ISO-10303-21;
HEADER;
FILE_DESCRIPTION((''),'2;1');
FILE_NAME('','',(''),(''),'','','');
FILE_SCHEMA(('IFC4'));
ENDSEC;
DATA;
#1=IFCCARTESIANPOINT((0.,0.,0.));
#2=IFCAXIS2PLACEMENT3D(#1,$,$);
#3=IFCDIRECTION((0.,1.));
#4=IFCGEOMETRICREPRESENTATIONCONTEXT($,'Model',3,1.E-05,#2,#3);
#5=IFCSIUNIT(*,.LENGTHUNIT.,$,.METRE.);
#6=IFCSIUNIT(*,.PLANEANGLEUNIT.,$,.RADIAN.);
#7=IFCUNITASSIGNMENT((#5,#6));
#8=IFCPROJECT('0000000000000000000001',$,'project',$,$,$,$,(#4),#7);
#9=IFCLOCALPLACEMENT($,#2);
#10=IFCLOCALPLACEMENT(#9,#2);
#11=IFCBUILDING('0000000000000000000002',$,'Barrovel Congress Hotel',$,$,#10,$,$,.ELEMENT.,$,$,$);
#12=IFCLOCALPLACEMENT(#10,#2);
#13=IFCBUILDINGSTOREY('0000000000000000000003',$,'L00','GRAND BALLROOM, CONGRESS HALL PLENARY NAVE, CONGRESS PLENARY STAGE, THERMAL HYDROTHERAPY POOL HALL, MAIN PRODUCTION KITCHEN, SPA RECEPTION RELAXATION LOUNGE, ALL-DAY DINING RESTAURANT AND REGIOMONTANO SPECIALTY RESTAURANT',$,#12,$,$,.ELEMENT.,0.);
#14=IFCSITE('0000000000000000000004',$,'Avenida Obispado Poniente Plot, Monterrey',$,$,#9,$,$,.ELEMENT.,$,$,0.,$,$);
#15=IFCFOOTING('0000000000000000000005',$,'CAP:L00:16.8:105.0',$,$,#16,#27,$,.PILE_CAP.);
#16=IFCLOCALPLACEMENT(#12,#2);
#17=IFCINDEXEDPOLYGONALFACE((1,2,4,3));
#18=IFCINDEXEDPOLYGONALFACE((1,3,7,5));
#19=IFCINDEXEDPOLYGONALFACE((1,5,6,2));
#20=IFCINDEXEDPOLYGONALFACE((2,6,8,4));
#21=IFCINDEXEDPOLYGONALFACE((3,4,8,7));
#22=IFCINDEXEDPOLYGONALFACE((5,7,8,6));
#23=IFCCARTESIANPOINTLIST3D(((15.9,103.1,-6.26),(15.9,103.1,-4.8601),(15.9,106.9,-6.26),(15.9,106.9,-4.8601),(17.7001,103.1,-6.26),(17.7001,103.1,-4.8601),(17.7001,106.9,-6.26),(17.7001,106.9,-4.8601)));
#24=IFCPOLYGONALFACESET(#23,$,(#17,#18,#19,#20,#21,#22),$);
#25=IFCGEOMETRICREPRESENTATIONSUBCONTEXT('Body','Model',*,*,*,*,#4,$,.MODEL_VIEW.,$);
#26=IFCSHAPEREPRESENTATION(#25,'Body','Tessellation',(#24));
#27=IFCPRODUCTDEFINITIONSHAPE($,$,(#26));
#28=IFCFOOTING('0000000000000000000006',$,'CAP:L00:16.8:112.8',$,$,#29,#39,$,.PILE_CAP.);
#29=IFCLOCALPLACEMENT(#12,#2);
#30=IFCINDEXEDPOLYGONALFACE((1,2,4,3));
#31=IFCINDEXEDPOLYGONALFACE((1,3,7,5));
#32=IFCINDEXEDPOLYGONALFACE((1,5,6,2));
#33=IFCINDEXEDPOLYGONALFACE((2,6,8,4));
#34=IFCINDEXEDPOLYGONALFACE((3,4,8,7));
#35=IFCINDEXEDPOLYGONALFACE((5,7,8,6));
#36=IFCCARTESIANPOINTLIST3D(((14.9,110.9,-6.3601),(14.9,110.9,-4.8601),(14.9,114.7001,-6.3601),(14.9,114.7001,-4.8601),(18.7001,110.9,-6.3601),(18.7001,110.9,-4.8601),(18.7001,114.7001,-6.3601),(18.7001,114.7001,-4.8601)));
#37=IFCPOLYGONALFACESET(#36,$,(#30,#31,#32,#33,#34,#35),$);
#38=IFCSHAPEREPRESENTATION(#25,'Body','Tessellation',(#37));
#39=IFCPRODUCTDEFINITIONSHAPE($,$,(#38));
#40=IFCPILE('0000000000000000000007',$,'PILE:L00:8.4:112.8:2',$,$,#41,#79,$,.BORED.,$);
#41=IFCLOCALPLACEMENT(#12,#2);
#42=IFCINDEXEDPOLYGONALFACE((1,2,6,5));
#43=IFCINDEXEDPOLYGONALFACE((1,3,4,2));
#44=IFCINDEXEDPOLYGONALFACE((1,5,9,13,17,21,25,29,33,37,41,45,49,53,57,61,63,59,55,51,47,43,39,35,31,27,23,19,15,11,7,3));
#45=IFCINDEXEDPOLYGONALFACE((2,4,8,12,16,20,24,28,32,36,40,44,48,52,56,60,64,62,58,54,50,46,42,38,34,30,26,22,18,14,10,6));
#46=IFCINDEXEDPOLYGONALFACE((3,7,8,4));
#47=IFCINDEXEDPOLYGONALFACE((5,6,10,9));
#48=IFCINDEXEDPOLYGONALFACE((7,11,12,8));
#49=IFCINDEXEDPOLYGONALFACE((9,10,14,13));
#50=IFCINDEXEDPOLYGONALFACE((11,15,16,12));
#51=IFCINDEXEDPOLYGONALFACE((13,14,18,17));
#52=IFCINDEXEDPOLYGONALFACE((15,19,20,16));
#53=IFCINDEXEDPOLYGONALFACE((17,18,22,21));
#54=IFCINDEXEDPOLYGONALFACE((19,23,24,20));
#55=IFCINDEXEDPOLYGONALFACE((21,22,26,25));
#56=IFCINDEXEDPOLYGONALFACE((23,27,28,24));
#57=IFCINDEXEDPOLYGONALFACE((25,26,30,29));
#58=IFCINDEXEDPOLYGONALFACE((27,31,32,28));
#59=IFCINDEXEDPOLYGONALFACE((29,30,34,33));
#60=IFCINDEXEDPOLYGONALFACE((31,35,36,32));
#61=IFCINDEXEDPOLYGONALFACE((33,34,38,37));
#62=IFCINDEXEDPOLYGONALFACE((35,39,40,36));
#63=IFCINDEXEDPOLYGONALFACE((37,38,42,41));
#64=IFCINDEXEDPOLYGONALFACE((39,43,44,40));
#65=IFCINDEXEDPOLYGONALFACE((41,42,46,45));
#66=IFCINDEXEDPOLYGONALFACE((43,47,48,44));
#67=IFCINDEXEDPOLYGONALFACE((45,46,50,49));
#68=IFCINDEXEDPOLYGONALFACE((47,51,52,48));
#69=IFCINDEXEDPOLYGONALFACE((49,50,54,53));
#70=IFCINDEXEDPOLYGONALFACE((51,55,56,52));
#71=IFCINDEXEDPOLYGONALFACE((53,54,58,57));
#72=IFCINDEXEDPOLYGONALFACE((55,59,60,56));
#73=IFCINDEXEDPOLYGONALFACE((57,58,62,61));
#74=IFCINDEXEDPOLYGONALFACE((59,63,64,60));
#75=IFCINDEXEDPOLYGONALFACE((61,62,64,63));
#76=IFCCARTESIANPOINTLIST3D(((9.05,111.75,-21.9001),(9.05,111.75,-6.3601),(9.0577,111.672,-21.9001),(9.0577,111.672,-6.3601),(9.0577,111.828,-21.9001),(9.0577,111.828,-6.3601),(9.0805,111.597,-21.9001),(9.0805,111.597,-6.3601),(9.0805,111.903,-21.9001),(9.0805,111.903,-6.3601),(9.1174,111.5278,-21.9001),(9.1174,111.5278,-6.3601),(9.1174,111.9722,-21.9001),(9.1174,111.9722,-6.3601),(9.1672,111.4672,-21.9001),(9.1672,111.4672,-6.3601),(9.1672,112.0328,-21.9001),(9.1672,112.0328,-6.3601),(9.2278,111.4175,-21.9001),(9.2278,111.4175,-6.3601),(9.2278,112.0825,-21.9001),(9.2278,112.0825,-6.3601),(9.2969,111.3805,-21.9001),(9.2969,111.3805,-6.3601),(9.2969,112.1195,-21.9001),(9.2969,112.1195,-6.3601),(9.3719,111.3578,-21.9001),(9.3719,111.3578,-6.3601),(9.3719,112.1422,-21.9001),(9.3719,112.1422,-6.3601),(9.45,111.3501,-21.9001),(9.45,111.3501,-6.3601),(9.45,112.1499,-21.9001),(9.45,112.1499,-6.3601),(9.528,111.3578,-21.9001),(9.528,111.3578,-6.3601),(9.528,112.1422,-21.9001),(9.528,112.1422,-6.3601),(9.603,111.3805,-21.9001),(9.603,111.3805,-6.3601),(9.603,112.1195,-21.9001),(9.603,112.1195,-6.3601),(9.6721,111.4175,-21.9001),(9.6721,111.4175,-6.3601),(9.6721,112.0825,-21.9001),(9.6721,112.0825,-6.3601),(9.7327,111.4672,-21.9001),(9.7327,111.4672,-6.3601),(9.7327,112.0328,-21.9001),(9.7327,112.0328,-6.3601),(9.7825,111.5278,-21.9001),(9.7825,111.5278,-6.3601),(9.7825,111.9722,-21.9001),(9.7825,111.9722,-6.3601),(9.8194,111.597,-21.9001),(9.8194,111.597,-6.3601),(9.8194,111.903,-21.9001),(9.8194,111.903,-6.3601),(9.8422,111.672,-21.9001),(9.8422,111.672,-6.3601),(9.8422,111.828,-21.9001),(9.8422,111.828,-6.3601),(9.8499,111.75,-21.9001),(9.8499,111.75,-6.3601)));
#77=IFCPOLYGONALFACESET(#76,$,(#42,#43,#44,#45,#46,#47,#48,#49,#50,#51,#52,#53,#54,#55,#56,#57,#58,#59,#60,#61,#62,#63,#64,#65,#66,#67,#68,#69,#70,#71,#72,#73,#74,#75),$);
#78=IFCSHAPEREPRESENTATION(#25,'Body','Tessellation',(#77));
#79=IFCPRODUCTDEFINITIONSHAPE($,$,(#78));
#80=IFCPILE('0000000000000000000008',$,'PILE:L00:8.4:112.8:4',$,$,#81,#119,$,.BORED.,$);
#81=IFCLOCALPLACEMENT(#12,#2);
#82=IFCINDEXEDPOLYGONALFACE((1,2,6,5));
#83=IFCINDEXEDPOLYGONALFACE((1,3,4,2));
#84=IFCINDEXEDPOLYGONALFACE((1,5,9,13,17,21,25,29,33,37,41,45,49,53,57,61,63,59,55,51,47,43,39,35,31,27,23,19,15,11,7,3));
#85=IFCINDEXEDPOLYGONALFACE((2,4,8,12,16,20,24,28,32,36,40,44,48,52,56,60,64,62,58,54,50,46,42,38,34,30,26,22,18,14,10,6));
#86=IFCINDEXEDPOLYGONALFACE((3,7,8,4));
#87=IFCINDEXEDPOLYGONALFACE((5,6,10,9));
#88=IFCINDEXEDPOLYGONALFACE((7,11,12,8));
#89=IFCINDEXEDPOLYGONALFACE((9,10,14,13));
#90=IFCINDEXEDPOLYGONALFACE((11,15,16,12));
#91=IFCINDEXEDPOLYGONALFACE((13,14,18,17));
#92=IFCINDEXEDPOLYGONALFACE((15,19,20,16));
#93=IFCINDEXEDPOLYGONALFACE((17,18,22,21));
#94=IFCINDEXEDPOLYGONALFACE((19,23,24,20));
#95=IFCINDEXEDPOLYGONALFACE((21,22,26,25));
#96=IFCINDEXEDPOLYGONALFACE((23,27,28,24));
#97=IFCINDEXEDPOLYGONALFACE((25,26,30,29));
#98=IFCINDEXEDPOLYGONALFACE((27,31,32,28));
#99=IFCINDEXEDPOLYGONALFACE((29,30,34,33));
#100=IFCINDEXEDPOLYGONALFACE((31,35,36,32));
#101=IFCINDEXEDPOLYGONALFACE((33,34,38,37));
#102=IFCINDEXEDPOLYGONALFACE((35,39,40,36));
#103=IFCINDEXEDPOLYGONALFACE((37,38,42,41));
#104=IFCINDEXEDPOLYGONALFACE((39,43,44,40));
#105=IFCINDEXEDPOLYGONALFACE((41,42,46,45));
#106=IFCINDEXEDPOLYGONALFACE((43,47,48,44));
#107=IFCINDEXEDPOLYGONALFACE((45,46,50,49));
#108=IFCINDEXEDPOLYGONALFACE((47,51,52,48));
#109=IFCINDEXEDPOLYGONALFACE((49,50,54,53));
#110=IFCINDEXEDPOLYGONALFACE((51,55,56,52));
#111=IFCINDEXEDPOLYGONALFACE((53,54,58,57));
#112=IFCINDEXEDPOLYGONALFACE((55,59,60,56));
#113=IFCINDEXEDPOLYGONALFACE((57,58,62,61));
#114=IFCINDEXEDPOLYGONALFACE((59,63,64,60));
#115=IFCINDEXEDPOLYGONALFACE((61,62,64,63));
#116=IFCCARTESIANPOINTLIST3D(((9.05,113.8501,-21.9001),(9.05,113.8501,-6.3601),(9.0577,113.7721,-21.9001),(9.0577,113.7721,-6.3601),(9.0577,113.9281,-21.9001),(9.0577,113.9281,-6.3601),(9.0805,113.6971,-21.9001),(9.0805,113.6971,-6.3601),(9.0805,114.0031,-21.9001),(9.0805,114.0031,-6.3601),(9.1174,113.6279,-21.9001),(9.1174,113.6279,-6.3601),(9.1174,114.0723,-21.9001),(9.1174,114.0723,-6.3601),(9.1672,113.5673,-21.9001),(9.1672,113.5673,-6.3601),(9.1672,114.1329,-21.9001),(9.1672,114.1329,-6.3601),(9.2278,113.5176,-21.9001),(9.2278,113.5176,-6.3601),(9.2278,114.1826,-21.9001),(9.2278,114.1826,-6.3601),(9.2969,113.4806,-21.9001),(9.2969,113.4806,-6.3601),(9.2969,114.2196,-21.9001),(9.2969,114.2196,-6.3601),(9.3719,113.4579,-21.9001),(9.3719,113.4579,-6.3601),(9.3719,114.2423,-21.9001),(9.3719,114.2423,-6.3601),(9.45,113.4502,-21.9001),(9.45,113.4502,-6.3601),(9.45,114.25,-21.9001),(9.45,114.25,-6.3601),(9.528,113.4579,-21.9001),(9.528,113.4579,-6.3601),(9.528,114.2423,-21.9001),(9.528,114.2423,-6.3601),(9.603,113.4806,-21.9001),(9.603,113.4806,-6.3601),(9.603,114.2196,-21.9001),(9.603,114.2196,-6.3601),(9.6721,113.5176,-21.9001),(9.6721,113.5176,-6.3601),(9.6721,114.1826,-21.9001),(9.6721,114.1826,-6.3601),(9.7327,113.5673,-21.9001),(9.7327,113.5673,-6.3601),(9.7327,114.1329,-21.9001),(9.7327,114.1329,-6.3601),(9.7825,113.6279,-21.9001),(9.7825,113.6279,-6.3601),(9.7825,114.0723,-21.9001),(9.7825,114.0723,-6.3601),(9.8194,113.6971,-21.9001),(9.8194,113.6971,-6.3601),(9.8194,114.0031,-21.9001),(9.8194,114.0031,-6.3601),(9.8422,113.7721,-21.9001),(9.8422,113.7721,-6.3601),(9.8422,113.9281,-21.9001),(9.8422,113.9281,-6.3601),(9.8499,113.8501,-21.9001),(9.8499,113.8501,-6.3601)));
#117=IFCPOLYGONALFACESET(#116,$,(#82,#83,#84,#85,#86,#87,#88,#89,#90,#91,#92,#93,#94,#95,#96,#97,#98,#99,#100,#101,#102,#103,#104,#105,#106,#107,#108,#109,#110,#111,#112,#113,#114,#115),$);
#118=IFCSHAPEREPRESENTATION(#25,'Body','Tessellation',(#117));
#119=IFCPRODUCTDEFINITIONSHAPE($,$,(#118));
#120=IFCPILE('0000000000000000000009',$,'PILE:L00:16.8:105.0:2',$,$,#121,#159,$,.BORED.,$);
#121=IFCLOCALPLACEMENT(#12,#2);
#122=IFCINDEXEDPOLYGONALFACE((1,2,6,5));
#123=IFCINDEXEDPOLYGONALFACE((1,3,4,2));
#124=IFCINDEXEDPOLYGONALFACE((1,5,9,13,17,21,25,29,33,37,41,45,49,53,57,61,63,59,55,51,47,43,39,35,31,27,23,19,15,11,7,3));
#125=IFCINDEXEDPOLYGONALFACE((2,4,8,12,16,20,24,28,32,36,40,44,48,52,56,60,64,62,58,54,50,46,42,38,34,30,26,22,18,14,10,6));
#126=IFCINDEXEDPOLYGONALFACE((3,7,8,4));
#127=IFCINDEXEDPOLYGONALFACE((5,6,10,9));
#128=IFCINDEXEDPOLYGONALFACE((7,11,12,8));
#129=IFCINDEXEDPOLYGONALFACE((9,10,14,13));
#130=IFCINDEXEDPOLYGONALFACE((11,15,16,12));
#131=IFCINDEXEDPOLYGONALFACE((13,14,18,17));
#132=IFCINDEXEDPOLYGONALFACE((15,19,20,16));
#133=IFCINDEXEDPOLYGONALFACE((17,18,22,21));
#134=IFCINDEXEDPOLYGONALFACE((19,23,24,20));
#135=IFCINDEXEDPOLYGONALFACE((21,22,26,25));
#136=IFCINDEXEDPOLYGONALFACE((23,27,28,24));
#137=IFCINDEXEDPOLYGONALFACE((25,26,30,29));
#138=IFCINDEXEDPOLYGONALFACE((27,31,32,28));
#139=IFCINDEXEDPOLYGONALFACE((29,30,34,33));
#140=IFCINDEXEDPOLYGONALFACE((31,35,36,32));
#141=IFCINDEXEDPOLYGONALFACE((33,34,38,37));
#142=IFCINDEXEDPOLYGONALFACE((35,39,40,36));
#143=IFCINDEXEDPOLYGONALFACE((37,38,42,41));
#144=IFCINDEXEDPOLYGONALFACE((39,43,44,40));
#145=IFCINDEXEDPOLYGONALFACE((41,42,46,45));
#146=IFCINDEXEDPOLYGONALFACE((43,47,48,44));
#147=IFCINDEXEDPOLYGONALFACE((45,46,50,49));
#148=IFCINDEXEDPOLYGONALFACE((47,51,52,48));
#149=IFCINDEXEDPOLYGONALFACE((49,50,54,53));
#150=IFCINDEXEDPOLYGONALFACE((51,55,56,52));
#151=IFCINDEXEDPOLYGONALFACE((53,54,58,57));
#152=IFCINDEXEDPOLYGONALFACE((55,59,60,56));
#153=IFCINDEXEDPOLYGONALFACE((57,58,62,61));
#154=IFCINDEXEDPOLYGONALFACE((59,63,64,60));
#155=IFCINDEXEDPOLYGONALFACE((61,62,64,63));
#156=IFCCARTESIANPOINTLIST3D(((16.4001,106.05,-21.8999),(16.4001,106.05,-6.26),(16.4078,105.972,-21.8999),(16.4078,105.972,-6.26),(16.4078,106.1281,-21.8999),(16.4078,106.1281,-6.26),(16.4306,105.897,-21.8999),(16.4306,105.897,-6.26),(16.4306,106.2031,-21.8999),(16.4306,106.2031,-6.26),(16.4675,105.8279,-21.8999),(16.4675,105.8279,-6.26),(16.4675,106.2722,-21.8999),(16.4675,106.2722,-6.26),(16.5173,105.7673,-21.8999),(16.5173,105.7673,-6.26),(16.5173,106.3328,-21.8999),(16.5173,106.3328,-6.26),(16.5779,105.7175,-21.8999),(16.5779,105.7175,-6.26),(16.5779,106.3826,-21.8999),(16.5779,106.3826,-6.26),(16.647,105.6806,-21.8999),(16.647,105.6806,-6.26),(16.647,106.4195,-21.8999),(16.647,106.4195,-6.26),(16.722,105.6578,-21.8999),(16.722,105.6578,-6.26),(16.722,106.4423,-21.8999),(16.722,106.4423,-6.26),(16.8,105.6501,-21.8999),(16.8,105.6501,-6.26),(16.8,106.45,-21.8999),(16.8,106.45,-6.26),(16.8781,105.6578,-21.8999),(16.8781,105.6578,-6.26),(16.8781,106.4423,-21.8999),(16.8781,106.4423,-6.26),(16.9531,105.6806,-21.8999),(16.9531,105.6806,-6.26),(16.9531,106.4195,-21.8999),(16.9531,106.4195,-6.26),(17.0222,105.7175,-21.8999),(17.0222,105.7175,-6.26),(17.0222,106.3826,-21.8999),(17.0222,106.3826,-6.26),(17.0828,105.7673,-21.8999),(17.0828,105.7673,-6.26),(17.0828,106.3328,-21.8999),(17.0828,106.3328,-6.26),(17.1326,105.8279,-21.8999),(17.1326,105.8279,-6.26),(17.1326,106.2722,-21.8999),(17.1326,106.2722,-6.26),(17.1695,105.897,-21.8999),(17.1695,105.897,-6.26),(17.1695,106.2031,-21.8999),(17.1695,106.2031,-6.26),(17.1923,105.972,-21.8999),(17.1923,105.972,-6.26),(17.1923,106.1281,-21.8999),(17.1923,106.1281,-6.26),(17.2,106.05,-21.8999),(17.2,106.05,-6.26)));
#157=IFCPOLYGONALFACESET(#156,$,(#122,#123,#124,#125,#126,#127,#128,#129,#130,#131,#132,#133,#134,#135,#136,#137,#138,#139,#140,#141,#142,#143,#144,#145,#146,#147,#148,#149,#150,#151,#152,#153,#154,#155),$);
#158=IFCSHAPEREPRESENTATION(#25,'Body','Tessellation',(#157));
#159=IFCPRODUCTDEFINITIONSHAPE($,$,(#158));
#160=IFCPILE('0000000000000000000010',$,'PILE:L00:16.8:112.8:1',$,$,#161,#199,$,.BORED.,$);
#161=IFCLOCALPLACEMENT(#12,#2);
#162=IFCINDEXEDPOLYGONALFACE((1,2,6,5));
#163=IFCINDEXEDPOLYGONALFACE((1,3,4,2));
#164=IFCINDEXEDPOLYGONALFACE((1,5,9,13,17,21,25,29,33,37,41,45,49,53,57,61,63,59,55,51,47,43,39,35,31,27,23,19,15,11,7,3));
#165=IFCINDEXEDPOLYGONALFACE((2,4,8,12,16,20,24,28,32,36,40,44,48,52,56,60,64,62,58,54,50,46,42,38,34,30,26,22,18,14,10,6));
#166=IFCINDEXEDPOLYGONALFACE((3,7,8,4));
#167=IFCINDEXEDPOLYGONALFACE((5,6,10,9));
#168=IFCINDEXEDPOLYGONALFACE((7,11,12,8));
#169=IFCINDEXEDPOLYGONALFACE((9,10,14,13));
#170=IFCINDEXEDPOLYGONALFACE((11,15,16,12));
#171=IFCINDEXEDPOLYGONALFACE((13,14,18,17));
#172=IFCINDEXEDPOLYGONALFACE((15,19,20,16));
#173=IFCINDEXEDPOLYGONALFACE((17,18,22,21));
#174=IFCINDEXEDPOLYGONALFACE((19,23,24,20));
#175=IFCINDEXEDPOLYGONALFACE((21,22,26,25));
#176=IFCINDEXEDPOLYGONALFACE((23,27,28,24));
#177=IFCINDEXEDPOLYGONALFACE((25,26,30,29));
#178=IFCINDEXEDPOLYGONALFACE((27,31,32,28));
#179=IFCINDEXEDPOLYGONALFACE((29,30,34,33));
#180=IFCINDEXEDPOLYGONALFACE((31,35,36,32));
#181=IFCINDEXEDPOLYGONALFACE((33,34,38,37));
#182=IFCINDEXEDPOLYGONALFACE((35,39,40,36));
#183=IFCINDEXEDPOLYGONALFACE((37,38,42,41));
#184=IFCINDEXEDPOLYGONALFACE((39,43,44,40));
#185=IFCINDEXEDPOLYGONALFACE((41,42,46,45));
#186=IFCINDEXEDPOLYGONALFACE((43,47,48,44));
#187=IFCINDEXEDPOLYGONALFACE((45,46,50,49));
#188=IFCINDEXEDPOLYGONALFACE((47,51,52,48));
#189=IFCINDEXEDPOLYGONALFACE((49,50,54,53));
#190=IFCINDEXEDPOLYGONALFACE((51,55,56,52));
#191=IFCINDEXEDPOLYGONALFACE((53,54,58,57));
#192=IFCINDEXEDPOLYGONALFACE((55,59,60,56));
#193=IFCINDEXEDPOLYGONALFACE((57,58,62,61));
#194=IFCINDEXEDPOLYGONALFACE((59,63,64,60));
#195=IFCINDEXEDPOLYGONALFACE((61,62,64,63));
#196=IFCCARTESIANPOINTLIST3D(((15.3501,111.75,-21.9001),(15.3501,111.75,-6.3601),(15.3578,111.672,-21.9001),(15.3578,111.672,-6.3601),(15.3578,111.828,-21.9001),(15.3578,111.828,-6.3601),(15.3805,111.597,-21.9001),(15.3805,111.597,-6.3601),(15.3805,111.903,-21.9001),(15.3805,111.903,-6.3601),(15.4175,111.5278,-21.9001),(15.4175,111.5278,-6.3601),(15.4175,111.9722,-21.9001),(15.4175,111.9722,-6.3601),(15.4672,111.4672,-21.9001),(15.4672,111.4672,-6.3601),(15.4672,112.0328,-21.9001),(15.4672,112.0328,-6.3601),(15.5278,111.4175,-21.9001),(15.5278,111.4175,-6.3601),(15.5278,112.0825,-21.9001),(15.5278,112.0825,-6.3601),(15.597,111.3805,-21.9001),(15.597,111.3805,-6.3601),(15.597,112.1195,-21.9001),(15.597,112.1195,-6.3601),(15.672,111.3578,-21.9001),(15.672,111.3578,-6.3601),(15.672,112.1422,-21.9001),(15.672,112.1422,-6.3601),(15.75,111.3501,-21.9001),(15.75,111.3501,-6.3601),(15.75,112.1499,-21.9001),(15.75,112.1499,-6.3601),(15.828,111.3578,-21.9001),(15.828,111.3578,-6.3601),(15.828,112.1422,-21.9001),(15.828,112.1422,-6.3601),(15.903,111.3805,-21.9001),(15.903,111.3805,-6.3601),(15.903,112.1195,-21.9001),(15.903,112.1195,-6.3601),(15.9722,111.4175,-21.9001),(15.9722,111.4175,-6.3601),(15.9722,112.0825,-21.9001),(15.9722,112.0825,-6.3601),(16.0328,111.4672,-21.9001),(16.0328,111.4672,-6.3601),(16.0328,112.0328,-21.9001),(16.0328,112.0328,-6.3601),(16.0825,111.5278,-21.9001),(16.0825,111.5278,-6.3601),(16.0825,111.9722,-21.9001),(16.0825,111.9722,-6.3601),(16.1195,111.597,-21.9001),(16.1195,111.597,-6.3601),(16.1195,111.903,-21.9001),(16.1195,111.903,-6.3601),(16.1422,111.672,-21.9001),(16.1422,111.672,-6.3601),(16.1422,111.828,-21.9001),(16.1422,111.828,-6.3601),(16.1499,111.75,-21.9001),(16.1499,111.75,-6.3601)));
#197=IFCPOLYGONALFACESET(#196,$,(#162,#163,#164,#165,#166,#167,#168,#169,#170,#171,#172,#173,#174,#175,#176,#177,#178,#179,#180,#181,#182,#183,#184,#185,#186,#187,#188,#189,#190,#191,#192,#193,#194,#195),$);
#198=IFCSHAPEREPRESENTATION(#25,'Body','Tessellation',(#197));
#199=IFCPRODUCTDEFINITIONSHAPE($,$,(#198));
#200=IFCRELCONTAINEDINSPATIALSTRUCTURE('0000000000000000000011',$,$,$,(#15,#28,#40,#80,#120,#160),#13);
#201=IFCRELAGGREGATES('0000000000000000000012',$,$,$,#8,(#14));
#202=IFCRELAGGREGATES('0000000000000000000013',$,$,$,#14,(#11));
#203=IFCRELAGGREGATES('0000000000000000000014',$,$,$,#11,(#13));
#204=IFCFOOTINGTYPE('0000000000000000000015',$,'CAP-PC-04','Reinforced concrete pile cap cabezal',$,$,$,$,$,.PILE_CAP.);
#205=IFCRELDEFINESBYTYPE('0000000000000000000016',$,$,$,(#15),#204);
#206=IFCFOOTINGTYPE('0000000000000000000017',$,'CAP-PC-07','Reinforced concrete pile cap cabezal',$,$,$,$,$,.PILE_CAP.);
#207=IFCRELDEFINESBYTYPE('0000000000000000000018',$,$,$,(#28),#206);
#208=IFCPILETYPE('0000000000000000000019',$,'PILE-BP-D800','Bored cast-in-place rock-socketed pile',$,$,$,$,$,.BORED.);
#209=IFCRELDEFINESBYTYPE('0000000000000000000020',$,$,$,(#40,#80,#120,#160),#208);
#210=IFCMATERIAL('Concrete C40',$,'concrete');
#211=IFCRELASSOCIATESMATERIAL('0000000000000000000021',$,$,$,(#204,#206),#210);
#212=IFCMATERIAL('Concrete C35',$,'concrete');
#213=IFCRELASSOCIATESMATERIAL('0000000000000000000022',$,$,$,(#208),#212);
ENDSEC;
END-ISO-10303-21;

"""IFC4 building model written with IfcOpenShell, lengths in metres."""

from ifc_helpers import new_model, si_unit, direction, frame, origin, origin_2d, place, context, subcontext, project, spatial, rectangle, circle, extrude, material, material_profile, profile_set, type_object, element, save


model = new_model("IFC4")

# Units and contexts
model_context = context("Model", 3, precision=1e-05, world=origin(), true_north=direction((0.0, 1.0)))
body_context = subcontext(model_context, "Body", "Model", "MODEL_VIEW")
ifc_project = project(units=[si_unit("LENGTHUNIT", "METRE"), si_unit("PLANEANGLEUNIT", "RADIAN")], contexts=[model_context])

# Site, building, storey
site_placement = place(None, origin())
site = spatial("IfcSite", under=ifc_project, at=site_placement, Name="Avenida Obispado Poniente Plot, Monterrey", CompositionType="ELEMENT", RefElevation=0.0)
building_placement = place(site_placement, origin())
building = spatial("IfcBuilding", under=site, at=building_placement, Name="Barrovel Congress Hotel", CompositionType="ELEMENT")
storey_placement = place(building_placement, origin())
storey = spatial("IfcBuildingStorey", under=building, at=storey_placement, Name="L00", Description="GRAND BALLROOM, CONGRESS HALL PLENARY NAVE, CONGRESS PLENARY STAGE, THERMAL HYDROTHERAPY POOL HALL, MAIN PRODUCTION KITCHEN, SPA RECEPTION RELAXATION LOUNGE, ALL-DAY DINING RESTAURANT AND REGIOMONTANO SPECIALTY RESTAURANT", CompositionType="ELEMENT", Elevation=0.0)

# Footings
ifc_material_1 = material(Name="Concrete C40", Category="concrete")
footing_type_1 = type_object("IfcFootingType", Name="CAP-PC-04", Description="Reinforced concrete pile cap cabezal", PredefinedType="PILE_CAP", material=ifc_material_1)
footing_1_placement = place(storey_placement, frame((16.8, 105.0, -6.26), z_axis=(0.0, 0.0, 1.0), x_axis=(1.0, 0.0, 0.0)))
element("IfcFooting", 1, at=footing_1_placement, inside=storey, type_object=footing_type_1, Name="CAP:L00:16.8:105.0", PredefinedType="PILE_CAP", context=body_context, shape_type="SweptSolid", body=[
    extrude(rectangle(XDim=1.8, YDim=3.8, at=origin_2d()), origin(), (0.0, 0.0, 1.0), 1.3999),
])
footing_type_2 = type_object("IfcFootingType", Name="CAP-PC-07", Description="Reinforced concrete pile cap cabezal", PredefinedType="PILE_CAP", material=ifc_material_1)
footing_2_placement = place(storey_placement, frame((16.8, 112.8, -6.3601), z_axis=(0.0, 0.0, 1.0), x_axis=(1.0, 0.0, 0.0)))
element("IfcFooting", 2, at=footing_2_placement, inside=storey, type_object=footing_type_2, Name="CAP:L00:16.8:112.8", PredefinedType="PILE_CAP", context=body_context, shape_type="SweptSolid", body=[
    extrude(rectangle(XDim=3.8, YDim=3.8, at=origin_2d()), origin(), (0.0, 0.0, 1.0), 1.5),
])

# Piles
ifc_material_2 = material(Name="Concrete C35", Category="concrete")
ifc_material_profile_1 = material_profile(ifc_material_2, circle(Radius=0.3999, at=origin_2d()), Name="BP-D800")
ifc_profile_set_1 = profile_set([ifc_material_profile_1], Name="Concrete C35")
pile_type = type_object("IfcPileType", Name="PILE-BP-D800", Description="Bored cast-in-place rock-socketed pile", PredefinedType="BORED", material=ifc_profile_set_1)
for number, where, z_axis, x_axis, name in (
    (3, (9.45, 111.75, -6.3601), (0.0, 0.0, -1.0), (1.0, 0.0, 0.0), "PILE:L00:8.4:112.8:2"),
    (4, (9.45, 113.8501, -6.3601), (0.0, 0.0, -1.0), (1.0, 0.0, 0.0), "PILE:L00:8.4:112.8:4"),
):
    element("IfcPile", number, at=place(storey_placement, frame(where, z_axis=z_axis, x_axis=x_axis)), inside=storey, type_object=pile_type, Name=name, PredefinedType="BORED", context=body_context, shape_type="SweptSolid", body=[
        extrude(circle(Radius=0.3999, at=origin_2d()), origin(), (0.0, 0.0, 1.0), 15.54),
    ])
pile_placement = place(storey_placement, frame((16.8, 106.05, -6.26), z_axis=(0.0, 0.0, -1.0), x_axis=(1.0, 0.0, 0.0)))
element("IfcPile", 5, at=pile_placement, inside=storey, type_object=pile_type, Name="PILE:L00:16.8:105.0:2", PredefinedType="BORED", context=body_context, shape_type="SweptSolid", body=[
    extrude(circle(Radius=0.3999, at=origin_2d()), origin(), (0.0, 0.0, 1.0), 15.6399),
])
for number, where, z_axis, x_axis, name in (
    (6, (15.75, 111.75, -6.3601), (0.0, 0.0, -1.0), (1.0, 0.0, 0.0), "PILE:L00:16.8:112.8:1"),
):
    element("IfcPile", number, at=place(storey_placement, frame(where, z_axis=z_axis, x_axis=x_axis)), inside=storey, type_object=pile_type, Name=name, PredefinedType="BORED", context=body_context, shape_type="SweptSolid", body=[
        extrude(circle(Radius=0.3999, at=origin_2d()), origin(), (0.0, 0.0, 1.0), 15.54),
    ])

save(model, "model.ifc")
